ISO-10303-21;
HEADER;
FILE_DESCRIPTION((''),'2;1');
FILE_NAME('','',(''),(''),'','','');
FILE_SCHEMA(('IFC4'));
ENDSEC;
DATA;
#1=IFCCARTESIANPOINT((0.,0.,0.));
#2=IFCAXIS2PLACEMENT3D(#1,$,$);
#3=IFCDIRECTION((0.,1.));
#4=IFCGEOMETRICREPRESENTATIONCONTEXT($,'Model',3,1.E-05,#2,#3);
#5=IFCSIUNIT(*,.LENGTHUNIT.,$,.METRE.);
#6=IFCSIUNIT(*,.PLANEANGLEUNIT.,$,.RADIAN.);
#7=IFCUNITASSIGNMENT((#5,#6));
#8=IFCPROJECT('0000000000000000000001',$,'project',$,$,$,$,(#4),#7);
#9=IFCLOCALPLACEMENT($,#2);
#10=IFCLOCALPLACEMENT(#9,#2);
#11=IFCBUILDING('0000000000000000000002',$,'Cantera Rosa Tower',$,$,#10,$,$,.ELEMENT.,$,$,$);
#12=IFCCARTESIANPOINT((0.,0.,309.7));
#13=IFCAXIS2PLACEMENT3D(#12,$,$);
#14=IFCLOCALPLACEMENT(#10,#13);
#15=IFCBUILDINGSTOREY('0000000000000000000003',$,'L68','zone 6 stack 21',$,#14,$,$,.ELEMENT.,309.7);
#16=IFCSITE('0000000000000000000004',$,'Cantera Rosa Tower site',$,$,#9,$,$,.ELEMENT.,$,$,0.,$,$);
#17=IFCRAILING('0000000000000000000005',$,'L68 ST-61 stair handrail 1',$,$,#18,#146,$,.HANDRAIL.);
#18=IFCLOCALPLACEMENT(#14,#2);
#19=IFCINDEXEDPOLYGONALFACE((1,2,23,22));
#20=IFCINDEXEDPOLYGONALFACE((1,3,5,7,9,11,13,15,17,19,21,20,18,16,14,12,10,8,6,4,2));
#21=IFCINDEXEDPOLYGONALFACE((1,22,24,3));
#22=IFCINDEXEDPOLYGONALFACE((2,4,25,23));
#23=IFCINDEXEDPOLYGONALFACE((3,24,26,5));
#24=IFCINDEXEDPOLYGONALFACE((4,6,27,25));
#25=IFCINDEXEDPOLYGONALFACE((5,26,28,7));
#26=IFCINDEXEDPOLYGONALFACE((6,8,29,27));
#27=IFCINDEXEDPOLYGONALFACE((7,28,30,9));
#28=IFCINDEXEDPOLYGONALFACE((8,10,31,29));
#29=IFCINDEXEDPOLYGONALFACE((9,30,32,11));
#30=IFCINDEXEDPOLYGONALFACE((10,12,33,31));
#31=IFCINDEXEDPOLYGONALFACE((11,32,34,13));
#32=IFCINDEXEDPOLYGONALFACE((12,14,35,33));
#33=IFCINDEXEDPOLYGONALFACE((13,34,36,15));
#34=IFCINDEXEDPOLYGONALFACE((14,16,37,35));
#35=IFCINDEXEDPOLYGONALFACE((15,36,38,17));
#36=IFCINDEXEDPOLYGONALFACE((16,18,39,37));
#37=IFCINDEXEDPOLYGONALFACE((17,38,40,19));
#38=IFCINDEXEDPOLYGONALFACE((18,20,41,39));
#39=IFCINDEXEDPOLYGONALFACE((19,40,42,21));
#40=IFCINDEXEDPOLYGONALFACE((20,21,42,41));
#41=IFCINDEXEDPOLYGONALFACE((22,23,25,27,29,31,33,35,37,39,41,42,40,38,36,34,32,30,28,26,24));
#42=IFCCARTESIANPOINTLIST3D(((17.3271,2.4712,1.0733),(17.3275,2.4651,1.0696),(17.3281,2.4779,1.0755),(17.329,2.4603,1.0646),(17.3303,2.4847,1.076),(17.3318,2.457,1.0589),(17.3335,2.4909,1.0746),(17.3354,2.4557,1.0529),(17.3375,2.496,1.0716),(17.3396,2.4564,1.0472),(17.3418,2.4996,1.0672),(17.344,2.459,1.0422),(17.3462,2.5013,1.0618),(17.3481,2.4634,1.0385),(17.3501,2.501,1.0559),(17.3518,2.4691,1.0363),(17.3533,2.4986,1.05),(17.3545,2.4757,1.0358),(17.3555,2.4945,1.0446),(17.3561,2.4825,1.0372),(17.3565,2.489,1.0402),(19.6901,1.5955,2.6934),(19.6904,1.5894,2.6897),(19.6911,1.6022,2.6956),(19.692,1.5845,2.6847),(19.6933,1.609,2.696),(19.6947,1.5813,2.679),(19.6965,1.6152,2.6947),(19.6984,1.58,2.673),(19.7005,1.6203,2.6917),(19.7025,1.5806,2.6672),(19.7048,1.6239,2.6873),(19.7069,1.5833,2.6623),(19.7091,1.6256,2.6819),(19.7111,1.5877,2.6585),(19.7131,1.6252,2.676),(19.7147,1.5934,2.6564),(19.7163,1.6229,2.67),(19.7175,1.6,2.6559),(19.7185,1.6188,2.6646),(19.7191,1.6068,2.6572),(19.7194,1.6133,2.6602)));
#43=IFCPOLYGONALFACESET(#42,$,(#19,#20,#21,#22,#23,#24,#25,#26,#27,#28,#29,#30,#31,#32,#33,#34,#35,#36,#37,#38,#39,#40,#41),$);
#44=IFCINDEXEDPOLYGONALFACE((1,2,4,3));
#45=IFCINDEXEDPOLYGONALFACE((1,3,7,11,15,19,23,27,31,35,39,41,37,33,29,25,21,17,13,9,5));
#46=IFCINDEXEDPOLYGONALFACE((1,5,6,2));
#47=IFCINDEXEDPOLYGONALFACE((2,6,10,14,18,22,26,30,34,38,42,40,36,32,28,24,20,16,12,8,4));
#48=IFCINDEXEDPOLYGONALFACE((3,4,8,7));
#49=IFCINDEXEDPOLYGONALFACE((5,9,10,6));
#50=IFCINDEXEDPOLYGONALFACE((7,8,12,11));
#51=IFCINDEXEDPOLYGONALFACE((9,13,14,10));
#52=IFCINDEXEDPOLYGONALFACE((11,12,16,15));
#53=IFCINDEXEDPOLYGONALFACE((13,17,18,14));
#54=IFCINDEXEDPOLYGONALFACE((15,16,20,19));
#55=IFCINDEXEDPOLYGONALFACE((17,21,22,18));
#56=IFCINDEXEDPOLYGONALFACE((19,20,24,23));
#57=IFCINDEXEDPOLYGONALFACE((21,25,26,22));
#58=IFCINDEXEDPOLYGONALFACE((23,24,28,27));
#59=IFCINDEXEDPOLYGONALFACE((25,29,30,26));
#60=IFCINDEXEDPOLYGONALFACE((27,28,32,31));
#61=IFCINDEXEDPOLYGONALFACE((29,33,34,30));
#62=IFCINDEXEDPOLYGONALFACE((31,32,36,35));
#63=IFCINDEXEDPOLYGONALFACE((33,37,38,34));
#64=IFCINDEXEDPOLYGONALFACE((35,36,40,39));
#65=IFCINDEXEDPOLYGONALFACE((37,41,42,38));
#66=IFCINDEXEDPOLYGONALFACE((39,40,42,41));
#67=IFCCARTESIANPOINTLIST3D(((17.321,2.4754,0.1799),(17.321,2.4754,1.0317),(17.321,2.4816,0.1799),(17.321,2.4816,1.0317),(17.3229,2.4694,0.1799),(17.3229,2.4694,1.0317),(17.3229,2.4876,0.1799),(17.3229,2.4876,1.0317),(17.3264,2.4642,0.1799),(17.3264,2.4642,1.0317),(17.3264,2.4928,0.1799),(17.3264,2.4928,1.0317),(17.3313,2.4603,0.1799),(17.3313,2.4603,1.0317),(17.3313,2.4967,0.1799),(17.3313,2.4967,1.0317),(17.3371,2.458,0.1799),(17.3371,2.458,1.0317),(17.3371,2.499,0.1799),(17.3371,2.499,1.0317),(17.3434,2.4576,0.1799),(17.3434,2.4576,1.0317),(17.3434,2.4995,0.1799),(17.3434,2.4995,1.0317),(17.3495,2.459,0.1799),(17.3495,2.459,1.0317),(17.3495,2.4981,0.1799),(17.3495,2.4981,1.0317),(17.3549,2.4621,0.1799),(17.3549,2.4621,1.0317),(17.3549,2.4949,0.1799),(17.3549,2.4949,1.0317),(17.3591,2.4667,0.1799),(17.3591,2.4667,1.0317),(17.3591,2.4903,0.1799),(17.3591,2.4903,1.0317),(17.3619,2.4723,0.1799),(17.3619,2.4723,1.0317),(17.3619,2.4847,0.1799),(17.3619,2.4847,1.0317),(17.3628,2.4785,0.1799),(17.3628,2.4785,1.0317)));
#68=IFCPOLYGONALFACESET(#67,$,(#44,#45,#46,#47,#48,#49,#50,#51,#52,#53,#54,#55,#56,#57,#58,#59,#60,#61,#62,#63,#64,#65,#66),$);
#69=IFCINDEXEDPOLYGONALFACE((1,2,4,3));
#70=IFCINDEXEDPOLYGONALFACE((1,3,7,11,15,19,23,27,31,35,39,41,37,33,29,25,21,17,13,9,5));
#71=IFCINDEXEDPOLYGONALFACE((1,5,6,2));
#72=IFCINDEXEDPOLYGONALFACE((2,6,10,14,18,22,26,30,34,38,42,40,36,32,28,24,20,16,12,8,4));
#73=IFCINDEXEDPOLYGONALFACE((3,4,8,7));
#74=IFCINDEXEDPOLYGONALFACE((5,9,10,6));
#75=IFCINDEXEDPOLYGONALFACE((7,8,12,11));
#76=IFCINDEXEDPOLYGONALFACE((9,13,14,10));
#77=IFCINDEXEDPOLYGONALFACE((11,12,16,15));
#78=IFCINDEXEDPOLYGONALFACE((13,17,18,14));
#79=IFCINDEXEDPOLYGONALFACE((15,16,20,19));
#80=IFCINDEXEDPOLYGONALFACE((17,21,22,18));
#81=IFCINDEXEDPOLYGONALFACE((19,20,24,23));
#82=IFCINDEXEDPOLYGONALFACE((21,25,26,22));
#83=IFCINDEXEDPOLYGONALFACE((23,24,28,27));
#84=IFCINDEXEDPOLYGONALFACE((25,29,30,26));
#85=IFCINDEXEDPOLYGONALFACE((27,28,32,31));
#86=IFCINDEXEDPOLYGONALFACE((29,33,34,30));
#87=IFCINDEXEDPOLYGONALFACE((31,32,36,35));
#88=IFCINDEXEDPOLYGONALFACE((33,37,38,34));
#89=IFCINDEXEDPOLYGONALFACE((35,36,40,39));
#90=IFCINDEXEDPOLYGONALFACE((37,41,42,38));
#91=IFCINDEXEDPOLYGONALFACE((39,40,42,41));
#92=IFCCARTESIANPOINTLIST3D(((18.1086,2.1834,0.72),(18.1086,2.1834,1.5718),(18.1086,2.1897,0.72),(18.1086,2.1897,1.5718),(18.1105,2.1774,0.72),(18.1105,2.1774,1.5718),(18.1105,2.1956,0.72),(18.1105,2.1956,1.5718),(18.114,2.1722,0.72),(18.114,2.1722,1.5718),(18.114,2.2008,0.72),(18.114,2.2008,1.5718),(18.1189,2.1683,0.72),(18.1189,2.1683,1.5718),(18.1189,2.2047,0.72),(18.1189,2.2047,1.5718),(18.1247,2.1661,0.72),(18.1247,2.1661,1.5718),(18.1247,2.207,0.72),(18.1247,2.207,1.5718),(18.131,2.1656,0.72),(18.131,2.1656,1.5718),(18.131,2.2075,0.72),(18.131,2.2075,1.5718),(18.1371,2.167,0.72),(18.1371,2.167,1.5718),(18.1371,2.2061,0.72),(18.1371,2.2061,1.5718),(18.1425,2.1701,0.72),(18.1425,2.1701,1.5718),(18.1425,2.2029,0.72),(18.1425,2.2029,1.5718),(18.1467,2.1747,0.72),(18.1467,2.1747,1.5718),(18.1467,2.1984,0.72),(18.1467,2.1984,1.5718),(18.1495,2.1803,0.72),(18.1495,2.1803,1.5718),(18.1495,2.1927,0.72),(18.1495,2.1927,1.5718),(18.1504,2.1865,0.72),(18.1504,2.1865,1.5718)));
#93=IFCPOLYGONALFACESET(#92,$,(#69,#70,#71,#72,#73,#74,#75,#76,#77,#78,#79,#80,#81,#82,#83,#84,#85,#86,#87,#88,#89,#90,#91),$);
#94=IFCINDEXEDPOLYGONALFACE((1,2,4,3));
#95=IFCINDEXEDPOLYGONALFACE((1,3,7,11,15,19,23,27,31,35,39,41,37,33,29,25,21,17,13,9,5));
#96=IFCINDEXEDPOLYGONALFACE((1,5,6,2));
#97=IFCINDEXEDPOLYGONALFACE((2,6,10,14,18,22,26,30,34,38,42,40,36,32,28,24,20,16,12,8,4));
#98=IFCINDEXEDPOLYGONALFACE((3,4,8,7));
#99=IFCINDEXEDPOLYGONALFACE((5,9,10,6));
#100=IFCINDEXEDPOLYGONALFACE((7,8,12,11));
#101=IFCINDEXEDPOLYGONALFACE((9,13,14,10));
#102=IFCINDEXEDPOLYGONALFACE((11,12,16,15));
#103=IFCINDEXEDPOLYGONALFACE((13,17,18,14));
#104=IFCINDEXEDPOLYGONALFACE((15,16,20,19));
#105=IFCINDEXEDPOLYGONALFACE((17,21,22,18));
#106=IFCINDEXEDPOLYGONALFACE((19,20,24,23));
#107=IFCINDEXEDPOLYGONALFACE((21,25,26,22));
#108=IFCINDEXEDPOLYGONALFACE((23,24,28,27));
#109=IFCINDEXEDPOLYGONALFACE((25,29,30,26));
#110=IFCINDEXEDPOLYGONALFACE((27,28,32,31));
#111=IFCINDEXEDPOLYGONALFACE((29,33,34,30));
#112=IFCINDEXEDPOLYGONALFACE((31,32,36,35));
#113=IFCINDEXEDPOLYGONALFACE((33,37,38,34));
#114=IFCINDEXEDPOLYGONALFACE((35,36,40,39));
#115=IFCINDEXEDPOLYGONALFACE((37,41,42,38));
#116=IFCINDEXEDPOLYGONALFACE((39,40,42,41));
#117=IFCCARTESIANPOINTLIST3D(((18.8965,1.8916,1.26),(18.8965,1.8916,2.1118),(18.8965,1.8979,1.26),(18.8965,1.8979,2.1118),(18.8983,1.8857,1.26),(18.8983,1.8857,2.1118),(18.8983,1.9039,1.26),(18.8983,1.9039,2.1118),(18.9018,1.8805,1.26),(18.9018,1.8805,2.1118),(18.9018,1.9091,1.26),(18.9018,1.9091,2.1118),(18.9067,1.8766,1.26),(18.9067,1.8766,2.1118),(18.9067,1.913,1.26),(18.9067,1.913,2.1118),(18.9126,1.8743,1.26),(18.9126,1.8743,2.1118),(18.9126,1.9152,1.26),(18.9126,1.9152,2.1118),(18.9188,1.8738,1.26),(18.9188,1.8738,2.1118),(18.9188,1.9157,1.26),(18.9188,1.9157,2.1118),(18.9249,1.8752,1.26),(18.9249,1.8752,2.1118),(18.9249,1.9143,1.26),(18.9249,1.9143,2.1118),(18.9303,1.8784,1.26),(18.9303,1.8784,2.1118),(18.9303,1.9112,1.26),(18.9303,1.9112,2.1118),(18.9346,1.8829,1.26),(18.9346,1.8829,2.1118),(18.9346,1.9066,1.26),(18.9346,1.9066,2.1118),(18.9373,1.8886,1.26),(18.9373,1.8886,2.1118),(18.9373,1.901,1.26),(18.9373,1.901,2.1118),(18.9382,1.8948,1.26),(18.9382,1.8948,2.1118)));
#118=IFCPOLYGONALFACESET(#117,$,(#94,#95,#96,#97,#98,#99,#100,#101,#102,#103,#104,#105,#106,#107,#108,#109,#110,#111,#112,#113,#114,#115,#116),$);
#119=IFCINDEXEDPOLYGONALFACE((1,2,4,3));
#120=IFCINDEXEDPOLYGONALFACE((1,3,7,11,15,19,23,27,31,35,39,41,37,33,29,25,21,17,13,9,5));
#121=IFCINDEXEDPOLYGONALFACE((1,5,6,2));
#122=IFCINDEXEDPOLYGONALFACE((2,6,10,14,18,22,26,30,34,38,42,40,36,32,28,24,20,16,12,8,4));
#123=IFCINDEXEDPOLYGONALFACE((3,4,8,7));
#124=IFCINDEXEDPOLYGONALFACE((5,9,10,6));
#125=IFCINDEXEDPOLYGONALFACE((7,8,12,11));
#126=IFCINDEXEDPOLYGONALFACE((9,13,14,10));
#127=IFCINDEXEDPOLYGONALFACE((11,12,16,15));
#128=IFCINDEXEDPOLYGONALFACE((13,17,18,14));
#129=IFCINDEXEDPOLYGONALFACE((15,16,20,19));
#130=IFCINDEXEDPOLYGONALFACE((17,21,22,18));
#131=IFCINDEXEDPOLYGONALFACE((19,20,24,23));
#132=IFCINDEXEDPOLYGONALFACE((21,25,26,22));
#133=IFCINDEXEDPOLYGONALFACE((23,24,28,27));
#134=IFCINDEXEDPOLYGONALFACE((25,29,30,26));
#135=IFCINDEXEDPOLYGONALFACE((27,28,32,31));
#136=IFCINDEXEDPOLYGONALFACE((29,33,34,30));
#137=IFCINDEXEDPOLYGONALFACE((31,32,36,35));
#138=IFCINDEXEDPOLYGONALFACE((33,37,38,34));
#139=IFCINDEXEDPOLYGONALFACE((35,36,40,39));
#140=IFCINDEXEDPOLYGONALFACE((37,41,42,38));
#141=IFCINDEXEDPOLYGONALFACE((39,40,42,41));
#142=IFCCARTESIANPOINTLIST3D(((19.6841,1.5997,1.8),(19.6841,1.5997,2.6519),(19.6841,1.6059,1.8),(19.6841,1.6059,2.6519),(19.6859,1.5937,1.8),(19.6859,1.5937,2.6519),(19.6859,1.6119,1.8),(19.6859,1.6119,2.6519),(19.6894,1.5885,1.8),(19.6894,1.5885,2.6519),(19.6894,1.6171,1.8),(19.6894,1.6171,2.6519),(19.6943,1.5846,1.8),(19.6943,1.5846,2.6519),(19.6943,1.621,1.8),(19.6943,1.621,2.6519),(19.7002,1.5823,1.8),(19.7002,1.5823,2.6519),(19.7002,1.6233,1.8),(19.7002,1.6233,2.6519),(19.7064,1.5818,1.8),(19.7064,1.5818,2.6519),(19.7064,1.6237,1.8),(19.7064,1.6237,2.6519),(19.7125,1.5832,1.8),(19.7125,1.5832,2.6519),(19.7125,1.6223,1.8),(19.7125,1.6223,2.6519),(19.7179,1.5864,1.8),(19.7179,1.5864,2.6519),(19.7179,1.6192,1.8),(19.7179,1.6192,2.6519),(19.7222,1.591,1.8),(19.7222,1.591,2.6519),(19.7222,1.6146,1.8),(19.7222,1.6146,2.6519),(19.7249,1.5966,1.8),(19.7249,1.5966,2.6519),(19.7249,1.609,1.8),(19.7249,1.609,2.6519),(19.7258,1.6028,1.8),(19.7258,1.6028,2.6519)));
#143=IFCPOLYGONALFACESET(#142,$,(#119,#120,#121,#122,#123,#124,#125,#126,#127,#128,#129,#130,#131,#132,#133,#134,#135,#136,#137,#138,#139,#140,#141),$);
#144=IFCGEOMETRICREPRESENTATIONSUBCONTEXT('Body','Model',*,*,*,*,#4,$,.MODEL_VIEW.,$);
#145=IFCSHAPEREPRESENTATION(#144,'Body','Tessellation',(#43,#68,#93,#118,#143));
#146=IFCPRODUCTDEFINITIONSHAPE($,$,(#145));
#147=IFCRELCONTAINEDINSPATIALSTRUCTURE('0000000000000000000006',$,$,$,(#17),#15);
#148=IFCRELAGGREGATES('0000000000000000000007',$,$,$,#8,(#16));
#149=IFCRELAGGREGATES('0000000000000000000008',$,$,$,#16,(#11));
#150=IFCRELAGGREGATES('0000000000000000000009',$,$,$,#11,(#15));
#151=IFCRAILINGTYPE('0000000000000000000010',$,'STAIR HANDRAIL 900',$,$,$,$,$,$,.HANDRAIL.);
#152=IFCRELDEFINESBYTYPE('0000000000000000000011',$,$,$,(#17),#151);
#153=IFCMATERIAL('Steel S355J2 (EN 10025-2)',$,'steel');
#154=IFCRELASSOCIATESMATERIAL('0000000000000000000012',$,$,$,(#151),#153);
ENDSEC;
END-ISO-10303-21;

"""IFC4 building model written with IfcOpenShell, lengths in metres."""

from ifc_helpers import new_model, si_unit, direction, frame, origin, origin_2d, place, context, subcontext, project, spatial, circle, extrude, material, type_object, element, save


model = new_model("IFC4")

# Units and contexts
model_context = context("Model", 3, precision=1e-05, world=origin(), true_north=direction((0.0, 1.0)))
body_context = subcontext(model_context, "Body", "Model", "MODEL_VIEW")
ifc_project = project(units=[si_unit("LENGTHUNIT", "METRE"), si_unit("PLANEANGLEUNIT", "RADIAN")], contexts=[model_context])

# Site, building, storey
site_placement = place(None, origin())
site = spatial("IfcSite", under=ifc_project, at=site_placement, Name="Cantera Rosa Tower site", CompositionType="ELEMENT", RefElevation=0.0)
building_placement = place(site_placement, origin())
building = spatial("IfcBuilding", under=site, at=building_placement, Name="Cantera Rosa Tower", CompositionType="ELEMENT")
storey_placement = place(building_placement, frame((0.0, 0.0, 309.7)))
storey = spatial("IfcBuildingStorey", under=building, at=storey_placement, Name="L68", Description="zone 6 stack 21", CompositionType="ELEMENT", Elevation=309.7)

# Railing
ifc_material_1 = material(Name="Steel S355J2 (EN 10025-2)", Category="steel")
railing_type_1 = type_object("IfcRailingType", Name="STAIR HANDRAIL 900", PredefinedType="HANDRAIL", material=ifc_material_1)
railing_1_placement = place(storey_placement, frame((17.3418, 2.4785, 0.1799)))
element("IfcRailing", 1, at=railing_1_placement, inside=storey, type_object=railing_type_1, Name="L68 ST-61 stair handrail 1", PredefinedType="HANDRAIL", context=body_context, shape_type="SweptSolid", body=[
    extrude(circle(Radius=0.0239, at=origin_2d()), frame((0.0, 0.0, 0.876), z_axis=(0.788748, -0.292307, 0.540772), x_axis=(0.347501, 0.93768, 0.0)), (0.0, 0.0, 1.0), 2.9958),
    extrude(circle(Radius=0.021, at=origin_2d()), origin(), (0.0, 0.0, 1.0), 0.8518),
    extrude(circle(Radius=0.021, at=origin_2d()), frame((0.7876, -0.292, 0.54)), (0.0, 0.0, 1.0), 0.8518),
    extrude(circle(Radius=0.021, at=origin_2d()), frame((1.5754, -0.5837, 1.0801)), (0.0, 0.0, 1.0), 0.8518),
    extrude(circle(Radius=0.021, at=origin_2d()), frame((2.363, -0.8757, 1.6201)), (0.0, 0.0, 1.0), 0.8518),
])

save(model, "model.ifc")
